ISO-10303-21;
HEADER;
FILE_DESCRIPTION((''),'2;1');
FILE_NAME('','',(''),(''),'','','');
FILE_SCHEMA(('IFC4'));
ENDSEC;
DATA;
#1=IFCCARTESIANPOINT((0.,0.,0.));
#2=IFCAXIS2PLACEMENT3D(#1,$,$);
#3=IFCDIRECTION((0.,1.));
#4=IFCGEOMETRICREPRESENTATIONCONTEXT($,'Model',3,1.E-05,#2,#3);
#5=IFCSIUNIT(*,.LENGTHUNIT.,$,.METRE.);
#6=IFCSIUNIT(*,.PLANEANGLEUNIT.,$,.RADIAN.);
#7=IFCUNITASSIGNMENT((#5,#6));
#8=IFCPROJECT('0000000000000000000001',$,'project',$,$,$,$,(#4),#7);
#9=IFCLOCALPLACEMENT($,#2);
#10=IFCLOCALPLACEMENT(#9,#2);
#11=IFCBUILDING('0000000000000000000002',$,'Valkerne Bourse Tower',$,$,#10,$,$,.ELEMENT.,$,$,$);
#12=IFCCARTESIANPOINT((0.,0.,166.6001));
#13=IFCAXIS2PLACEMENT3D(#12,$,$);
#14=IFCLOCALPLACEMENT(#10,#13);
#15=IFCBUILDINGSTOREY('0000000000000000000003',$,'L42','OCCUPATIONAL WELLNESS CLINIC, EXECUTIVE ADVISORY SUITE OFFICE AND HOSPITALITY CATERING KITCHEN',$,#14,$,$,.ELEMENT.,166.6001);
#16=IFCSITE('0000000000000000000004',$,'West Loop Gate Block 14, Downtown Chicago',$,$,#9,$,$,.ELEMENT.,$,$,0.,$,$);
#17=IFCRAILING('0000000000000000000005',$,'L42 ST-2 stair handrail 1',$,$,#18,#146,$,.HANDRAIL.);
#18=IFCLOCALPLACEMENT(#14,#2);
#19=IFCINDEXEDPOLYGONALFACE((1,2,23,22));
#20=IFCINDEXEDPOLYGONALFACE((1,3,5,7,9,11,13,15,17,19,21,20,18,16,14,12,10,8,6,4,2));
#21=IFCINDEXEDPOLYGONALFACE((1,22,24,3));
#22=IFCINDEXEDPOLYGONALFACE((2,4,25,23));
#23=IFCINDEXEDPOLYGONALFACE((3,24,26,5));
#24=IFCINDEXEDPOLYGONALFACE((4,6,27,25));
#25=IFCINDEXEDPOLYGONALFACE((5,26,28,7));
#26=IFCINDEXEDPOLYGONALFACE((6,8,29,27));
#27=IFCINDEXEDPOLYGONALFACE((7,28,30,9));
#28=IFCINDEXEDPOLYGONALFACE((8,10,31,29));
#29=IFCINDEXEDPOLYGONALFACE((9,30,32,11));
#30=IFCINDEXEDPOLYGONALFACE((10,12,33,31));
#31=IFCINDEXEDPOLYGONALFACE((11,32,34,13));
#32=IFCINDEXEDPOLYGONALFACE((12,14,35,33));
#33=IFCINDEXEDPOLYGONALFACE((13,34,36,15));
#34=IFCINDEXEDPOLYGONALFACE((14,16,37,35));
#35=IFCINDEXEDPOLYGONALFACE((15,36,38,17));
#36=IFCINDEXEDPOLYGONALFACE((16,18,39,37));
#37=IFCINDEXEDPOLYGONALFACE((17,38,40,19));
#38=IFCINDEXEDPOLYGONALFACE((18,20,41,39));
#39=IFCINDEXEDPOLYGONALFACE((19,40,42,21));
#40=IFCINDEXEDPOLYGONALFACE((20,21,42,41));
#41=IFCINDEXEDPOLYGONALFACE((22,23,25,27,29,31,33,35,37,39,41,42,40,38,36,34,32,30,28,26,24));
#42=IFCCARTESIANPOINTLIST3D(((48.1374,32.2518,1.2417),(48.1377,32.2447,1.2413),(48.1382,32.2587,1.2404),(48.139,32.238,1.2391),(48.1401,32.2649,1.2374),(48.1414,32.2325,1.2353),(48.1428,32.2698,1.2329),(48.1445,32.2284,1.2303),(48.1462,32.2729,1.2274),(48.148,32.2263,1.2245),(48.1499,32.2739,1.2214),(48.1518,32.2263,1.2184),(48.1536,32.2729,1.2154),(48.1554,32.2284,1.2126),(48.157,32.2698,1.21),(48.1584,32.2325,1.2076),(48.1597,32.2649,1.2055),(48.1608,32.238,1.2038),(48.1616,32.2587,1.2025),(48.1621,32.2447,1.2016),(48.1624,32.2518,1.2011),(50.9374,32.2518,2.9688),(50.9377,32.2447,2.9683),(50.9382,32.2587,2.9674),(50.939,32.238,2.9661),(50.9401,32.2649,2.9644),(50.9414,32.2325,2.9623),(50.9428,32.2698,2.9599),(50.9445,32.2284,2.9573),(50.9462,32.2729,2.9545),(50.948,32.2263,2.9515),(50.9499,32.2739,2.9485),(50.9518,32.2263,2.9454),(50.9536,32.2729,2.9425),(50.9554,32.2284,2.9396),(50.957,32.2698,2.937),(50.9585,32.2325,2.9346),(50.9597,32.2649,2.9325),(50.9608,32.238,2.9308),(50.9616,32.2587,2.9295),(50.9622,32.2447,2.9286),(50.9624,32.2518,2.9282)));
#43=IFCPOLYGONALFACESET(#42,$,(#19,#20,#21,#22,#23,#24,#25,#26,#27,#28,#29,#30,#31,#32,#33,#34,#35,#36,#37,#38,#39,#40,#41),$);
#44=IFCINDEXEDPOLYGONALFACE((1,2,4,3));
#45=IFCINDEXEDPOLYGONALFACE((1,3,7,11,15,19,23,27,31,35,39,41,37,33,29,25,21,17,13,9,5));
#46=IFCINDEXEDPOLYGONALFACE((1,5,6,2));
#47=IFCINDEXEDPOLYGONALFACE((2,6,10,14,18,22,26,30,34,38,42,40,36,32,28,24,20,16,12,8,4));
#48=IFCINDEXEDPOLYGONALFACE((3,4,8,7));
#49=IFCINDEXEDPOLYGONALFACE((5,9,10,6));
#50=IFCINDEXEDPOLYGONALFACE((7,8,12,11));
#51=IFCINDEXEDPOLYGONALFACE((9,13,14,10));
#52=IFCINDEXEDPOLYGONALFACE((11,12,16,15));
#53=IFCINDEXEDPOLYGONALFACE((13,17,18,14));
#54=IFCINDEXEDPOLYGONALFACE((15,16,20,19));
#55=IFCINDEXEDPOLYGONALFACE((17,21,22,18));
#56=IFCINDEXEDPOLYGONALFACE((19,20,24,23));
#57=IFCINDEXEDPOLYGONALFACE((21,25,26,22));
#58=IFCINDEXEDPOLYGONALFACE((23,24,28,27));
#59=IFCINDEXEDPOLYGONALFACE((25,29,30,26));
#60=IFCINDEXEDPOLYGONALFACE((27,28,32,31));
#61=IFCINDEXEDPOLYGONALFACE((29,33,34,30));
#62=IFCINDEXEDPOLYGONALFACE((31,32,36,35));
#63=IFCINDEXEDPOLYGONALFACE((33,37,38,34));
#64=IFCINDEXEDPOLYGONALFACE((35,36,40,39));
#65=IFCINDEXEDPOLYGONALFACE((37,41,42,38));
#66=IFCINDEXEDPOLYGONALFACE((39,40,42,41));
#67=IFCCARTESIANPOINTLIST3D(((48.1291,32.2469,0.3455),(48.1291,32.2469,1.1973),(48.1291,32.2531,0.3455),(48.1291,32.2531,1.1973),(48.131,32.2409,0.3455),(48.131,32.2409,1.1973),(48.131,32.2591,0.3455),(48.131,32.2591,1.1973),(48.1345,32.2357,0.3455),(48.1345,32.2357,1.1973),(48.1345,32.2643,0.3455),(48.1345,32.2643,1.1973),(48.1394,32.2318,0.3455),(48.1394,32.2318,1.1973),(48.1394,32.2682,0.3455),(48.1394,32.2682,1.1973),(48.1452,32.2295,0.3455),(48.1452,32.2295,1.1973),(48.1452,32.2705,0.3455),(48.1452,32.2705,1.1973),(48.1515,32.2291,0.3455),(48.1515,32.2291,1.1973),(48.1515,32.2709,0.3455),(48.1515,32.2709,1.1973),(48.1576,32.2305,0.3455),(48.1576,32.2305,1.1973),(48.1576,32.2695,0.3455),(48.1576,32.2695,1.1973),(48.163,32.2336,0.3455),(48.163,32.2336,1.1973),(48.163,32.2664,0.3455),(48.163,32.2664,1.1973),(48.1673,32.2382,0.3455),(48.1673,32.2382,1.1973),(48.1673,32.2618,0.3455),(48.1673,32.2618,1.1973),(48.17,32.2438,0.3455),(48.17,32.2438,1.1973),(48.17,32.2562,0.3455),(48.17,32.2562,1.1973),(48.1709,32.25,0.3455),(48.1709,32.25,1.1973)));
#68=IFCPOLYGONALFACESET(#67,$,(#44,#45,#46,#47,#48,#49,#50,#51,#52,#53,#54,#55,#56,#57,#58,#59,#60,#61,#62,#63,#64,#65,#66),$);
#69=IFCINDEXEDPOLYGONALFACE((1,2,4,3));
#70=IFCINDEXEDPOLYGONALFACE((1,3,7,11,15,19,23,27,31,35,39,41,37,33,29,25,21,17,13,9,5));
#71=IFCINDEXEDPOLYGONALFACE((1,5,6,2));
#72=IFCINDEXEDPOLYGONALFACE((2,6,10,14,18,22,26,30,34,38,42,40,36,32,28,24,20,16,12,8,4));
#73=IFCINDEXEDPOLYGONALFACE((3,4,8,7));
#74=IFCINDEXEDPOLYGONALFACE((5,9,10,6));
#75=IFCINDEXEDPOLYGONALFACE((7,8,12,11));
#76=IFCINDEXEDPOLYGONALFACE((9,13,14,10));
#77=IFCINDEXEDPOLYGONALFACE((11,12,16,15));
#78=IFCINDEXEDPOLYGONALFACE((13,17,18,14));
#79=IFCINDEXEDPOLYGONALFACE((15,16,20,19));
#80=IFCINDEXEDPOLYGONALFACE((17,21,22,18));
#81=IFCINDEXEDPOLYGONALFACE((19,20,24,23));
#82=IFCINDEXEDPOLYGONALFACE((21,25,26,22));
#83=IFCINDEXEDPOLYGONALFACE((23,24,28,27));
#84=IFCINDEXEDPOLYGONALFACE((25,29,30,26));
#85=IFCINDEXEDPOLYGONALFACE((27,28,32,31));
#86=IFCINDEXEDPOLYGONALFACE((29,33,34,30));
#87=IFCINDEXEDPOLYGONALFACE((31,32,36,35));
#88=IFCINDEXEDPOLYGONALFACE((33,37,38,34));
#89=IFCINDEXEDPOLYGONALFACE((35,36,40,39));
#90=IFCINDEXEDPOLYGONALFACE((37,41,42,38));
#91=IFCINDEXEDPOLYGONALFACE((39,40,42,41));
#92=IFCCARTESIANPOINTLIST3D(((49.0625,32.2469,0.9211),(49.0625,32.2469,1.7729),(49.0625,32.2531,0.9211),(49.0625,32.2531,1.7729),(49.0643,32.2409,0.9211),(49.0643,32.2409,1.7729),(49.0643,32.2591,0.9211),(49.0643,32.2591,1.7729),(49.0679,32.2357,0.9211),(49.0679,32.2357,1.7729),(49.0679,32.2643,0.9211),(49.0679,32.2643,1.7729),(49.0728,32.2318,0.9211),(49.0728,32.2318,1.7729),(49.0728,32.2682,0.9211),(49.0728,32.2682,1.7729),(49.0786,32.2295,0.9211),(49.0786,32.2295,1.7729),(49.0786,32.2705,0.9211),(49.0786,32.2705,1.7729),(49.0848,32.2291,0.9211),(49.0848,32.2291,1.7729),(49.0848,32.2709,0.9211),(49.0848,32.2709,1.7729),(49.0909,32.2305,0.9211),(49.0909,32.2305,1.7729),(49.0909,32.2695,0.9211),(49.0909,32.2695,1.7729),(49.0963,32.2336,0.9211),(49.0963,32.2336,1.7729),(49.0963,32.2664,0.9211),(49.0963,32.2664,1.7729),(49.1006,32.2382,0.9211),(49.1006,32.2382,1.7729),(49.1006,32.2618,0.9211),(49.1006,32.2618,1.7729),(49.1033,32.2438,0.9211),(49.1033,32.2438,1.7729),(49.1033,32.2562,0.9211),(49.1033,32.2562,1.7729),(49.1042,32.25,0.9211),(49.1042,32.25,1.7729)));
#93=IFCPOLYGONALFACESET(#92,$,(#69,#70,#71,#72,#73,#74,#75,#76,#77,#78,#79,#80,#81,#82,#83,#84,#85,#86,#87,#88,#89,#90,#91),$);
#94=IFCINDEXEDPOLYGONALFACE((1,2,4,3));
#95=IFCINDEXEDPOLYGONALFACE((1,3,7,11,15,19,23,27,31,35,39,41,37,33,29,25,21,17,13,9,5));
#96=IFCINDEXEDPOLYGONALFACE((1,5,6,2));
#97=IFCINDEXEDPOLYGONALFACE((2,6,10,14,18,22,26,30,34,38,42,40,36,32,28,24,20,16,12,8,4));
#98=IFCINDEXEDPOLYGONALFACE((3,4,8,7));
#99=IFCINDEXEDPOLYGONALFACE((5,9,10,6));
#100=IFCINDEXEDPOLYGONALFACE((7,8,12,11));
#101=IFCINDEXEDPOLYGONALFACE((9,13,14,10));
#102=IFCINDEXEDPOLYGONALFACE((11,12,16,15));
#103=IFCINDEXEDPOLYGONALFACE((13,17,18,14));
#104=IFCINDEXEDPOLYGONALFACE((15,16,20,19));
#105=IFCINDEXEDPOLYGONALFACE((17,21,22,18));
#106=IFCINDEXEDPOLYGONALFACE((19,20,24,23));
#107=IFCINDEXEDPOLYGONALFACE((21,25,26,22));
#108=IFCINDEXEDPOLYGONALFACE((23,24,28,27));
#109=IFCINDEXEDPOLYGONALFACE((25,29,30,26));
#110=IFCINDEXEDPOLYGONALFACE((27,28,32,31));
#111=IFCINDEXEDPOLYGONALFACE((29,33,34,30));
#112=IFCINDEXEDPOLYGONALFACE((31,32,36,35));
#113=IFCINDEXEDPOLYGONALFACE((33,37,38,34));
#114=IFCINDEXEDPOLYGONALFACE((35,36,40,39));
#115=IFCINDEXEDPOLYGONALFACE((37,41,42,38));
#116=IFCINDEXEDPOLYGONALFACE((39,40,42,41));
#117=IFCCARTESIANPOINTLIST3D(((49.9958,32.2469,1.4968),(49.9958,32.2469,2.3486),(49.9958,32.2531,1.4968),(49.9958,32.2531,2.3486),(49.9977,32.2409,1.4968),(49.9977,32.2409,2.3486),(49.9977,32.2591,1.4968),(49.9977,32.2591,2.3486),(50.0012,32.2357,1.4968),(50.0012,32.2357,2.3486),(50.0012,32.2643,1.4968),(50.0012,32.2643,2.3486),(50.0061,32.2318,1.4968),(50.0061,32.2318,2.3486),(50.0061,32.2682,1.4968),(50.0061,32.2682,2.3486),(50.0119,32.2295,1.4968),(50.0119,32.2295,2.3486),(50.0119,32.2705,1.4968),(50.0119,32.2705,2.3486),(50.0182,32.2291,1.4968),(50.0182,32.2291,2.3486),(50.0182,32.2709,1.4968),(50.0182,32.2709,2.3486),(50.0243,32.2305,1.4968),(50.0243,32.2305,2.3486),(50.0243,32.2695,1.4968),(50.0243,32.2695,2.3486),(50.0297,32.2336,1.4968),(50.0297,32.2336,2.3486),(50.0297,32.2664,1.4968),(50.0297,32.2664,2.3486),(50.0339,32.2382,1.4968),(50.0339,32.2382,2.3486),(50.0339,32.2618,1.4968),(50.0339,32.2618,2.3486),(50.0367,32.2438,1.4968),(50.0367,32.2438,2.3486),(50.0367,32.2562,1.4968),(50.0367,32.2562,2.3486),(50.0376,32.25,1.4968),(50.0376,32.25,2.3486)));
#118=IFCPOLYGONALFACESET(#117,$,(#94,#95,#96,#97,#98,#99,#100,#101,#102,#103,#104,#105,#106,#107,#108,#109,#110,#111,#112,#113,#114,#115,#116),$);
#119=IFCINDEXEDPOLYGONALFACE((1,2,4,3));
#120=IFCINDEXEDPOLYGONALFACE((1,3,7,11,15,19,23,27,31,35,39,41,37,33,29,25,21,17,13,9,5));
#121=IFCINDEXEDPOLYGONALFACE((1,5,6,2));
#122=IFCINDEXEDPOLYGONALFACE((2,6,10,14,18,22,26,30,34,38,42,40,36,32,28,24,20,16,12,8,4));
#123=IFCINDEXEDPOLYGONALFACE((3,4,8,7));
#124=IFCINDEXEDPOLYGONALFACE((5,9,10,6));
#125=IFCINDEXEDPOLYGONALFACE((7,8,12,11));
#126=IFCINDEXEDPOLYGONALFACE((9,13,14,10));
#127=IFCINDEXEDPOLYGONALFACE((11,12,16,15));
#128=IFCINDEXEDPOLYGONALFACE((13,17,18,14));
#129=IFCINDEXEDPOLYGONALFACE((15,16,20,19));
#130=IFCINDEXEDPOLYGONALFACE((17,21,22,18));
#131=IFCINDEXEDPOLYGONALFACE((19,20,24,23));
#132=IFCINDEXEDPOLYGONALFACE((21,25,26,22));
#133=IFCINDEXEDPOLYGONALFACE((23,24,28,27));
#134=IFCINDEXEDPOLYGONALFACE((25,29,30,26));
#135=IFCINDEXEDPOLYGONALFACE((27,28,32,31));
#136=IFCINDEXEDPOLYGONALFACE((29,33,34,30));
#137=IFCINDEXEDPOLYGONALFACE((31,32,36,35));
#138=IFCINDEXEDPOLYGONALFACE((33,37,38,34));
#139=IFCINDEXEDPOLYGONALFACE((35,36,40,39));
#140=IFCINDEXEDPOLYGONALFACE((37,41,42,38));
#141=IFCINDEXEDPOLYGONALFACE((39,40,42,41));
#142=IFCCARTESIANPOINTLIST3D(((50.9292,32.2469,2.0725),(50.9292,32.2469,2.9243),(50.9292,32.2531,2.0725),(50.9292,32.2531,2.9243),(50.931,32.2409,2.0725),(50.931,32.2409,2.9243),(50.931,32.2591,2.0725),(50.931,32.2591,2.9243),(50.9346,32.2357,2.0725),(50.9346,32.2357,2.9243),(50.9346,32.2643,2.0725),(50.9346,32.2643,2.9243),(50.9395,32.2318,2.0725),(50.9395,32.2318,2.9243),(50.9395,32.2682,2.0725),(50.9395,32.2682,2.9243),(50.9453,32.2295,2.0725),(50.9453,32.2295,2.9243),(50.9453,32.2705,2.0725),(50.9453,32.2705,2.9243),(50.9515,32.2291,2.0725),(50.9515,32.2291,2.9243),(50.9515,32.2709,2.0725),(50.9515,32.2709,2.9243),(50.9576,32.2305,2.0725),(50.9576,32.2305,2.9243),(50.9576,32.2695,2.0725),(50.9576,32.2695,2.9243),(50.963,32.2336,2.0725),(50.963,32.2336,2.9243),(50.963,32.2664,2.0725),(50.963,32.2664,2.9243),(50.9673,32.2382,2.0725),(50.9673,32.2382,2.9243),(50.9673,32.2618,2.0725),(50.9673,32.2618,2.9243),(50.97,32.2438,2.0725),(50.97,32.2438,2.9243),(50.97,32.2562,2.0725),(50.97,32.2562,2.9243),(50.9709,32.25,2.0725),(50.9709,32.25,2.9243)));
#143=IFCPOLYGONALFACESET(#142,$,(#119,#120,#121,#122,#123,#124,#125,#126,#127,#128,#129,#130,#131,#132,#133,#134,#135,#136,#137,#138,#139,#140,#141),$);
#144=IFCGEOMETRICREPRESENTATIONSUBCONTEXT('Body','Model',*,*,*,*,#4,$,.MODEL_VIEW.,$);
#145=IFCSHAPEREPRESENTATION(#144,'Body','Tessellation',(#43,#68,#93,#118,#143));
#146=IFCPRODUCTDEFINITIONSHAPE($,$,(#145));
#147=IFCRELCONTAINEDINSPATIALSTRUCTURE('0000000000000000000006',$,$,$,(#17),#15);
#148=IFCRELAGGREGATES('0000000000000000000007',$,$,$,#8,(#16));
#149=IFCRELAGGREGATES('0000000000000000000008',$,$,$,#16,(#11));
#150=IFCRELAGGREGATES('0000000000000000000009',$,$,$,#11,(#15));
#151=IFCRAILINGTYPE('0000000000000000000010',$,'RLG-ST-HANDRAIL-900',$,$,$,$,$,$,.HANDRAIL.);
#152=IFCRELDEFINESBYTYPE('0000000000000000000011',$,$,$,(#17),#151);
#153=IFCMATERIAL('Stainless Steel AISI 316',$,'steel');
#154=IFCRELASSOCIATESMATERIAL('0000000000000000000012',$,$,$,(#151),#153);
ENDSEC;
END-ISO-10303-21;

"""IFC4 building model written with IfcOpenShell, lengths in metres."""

from ifc_helpers import new_model, si_unit, direction, frame, origin, origin_2d, place, context, subcontext, project, spatial, circle, extrude, material, type_object, element, save


model = new_model("IFC4")

# Units and contexts
model_context = context("Model", 3, precision=1e-05, world=origin(), true_north=direction((0.0, 1.0)))
body_context = subcontext(model_context, "Body", "Model", "MODEL_VIEW")
ifc_project = project(units=[si_unit("LENGTHUNIT", "METRE"), si_unit("PLANEANGLEUNIT", "RADIAN")], contexts=[model_context])

# Site, building, storey
site_placement = place(None, origin())
site = spatial("IfcSite", under=ifc_project, at=site_placement, Name="West Loop Gate Block 14, Downtown Chicago", CompositionType="ELEMENT", RefElevation=0.0)
building_placement = place(site_placement, origin())
building = spatial("IfcBuilding", under=site, at=building_placement, Name="Valkerne Bourse Tower", CompositionType="ELEMENT")
storey_placement = place(building_placement, frame((0.0, 0.0, 166.6001)))
storey = spatial("IfcBuildingStorey", under=building, at=storey_placement, Name="L42", Description="OCCUPATIONAL WELLNESS CLINIC, EXECUTIVE ADVISORY SUITE OFFICE AND HOSPITALITY CATERING KITCHEN", CompositionType="ELEMENT", Elevation=166.6001)

# Shared definitions
ifc_material_1 = material(Name="Stainless Steel AISI 316", Category="steel")

# Railing
railing_type_1 = type_object("IfcRailingType", Name="RLG-ST-HANDRAIL-900", PredefinedType="HANDRAIL", material=ifc_material_1)
railing_1_placement = place(storey_placement, frame((48.1499, 32.25, 0.3455)))
element("IfcRailing", 1, at=railing_1_placement, inside=storey, type_object=railing_type_1, Name="L42 ST-2 stair handrail 1", PredefinedType="HANDRAIL", context=body_context, shape_type="SweptSolid", body=[
    extrude(circle(Radius=0.0239, at=origin_2d()), frame((0.0, 0.0, 0.876), z_axis=(0.851123, 0.0, 0.524967), x_axis=(0.0, 1.0, 0.0)), (0.0, 0.0, 1.0), 3.2898),
    extrude(circle(Radius=0.021, at=origin_2d()), origin(), (0.0, 0.0, 1.0), 0.8518),
    extrude(circle(Radius=0.021, at=origin_2d()), frame((0.9333, 0.0, 0.5757)), (0.0, 0.0, 1.0), 0.8518),
    extrude(circle(Radius=0.021, at=origin_2d()), frame((1.8667, 0.0, 1.1514)), (0.0, 0.0, 1.0), 0.8518),
    extrude(circle(Radius=0.021, at=origin_2d()), frame((2.8, 0.0, 1.7271)), (0.0, 0.0, 1.0), 0.8518),
])

save(model, "model.ifc")
